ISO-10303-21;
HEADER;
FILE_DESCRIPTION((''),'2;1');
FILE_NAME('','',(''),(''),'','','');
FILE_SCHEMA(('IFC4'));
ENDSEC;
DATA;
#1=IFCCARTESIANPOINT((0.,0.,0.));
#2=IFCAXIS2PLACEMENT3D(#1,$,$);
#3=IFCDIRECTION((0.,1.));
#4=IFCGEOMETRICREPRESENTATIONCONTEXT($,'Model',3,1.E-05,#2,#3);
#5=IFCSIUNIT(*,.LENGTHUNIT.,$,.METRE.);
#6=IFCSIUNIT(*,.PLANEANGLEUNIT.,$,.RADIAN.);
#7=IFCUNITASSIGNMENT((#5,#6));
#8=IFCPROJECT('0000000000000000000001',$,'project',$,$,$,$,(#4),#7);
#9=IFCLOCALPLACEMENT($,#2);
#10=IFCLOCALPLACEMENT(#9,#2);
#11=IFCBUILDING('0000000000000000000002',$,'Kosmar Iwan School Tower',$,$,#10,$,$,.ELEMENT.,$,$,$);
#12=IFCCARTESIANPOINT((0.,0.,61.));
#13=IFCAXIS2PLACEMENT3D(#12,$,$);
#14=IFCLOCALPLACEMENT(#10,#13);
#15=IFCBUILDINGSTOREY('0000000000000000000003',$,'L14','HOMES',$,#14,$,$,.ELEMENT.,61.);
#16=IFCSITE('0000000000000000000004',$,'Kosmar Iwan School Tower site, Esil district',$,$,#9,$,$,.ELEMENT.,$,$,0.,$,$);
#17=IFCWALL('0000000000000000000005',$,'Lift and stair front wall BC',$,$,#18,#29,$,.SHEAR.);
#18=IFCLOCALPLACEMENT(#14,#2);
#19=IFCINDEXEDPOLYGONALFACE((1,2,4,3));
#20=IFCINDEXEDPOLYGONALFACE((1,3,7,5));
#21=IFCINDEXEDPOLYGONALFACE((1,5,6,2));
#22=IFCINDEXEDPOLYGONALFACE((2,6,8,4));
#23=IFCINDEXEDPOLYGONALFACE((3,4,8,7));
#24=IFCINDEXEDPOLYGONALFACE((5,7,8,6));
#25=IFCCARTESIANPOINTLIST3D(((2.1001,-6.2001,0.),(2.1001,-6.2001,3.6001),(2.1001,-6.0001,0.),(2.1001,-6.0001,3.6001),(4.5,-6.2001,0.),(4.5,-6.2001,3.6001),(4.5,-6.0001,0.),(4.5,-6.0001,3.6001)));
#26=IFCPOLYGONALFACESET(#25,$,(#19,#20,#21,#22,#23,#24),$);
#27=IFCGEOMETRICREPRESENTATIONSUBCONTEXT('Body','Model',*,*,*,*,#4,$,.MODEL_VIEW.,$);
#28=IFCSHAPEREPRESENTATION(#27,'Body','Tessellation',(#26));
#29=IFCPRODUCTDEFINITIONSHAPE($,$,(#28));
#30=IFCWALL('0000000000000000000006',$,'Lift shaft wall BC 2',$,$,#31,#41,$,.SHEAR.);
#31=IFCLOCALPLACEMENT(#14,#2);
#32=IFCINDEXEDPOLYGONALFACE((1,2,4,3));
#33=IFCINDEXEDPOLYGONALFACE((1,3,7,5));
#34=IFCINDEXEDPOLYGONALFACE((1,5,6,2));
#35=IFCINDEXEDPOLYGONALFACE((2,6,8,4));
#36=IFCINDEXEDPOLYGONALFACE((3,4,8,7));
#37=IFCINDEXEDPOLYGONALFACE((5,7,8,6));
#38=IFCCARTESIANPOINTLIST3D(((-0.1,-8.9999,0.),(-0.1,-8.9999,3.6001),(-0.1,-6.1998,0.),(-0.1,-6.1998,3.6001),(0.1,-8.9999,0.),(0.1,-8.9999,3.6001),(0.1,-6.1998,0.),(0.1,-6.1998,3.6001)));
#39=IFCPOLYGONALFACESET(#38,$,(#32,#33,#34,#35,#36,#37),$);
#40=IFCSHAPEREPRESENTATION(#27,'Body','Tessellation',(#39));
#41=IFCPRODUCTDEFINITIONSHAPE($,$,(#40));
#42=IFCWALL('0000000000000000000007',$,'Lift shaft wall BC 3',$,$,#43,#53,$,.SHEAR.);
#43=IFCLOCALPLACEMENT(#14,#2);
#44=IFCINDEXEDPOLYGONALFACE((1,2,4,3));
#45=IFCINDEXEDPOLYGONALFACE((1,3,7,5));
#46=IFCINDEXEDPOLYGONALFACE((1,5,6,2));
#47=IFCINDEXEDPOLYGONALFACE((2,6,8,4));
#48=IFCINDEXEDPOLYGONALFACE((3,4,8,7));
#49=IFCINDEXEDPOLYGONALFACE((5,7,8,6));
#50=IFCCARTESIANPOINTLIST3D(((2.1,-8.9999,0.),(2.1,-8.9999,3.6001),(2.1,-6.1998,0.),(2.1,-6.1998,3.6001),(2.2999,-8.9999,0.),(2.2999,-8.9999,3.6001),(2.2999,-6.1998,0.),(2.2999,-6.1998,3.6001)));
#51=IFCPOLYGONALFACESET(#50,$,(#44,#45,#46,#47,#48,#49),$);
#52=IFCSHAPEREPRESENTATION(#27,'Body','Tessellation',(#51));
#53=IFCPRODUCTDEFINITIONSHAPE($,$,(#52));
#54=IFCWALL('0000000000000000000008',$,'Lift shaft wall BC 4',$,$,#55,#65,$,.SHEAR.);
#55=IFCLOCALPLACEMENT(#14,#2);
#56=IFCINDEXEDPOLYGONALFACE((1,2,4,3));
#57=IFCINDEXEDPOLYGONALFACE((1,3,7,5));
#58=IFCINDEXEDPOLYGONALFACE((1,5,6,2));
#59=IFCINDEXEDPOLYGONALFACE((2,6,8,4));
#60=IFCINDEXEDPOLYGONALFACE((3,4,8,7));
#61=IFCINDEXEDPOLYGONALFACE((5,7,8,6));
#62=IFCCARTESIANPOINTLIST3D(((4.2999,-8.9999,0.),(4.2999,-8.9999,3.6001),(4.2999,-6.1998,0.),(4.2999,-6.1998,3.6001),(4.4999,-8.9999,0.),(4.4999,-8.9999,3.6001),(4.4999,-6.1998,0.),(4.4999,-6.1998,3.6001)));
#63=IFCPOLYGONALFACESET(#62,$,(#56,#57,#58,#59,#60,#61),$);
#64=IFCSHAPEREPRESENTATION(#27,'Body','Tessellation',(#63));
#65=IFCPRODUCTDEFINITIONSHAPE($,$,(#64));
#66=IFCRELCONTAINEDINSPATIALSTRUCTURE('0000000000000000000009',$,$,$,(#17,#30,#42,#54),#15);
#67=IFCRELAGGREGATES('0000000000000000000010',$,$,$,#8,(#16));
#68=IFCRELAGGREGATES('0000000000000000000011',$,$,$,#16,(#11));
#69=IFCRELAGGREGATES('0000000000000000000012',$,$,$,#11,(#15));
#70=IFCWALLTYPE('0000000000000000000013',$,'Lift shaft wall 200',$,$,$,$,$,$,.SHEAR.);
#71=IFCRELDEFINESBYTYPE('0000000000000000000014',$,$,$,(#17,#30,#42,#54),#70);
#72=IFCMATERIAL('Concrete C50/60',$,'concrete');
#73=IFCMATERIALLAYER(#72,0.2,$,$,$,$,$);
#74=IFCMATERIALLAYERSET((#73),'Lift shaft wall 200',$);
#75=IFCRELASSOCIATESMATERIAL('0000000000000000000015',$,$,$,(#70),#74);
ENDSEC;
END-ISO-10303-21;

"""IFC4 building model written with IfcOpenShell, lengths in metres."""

from ifc_helpers import new_model, si_unit, direction, frame, frame_2d, origin, place, context, subcontext, project, spatial, rectangle, extrude, material, layer, layer_set, type_object, element, save


model = new_model("IFC4")

# Units and contexts
model_context = context("Model", 3, precision=1e-05, world=origin(), true_north=direction((0.0, 1.0)))
body_context = subcontext(model_context, "Body", "Model", "MODEL_VIEW")
ifc_project = project(units=[si_unit("LENGTHUNIT", "METRE"), si_unit("PLANEANGLEUNIT", "RADIAN")], contexts=[model_context])

# Site, building, storey
site_placement = place(None, origin())
site = spatial("IfcSite", under=ifc_project, at=site_placement, Name="Kosmar Iwan School Tower site, Esil district", CompositionType="ELEMENT", RefElevation=0.0)
building_placement = place(site_placement, origin())
building = spatial("IfcBuilding", under=site, at=building_placement, Name="Kosmar Iwan School Tower", CompositionType="ELEMENT")
storey_placement = place(building_placement, frame((0.0, 0.0, 61.0)))
storey = spatial("IfcBuildingStorey", under=building, at=storey_placement, Name="L14", Description="HOMES", CompositionType="ELEMENT", Elevation=61.0)

# Walls
ifc_material_1 = material(Name="Concrete C50/60", Category="concrete")
ifc_layer_1 = layer(ifc_material_1, 0.2)
ifc_layer_set_1 = layer_set([ifc_layer_1], Name="Lift shaft wall 200")
wall_type_1 = type_object("IfcWallType", Name="Lift shaft wall 200", PredefinedType="SHEAR", material=ifc_layer_set_1)
wall_1_placement = place(storey_placement, frame((2.1001, -6.1001, 0.0), z_axis=(0.0, 0.0, 1.0), x_axis=(1.0, 0.0, 0.0)))
element("IfcWall", 1, at=wall_1_placement, inside=storey, type_object=wall_type_1, Name="Lift and stair front wall BC", PredefinedType="SHEAR", context=body_context, shape_type="SweptSolid", body=[
    extrude(rectangle(XDim=2.3999, YDim=0.2, at=frame_2d((1.2, 0.0))), origin(), (0.0, 0.0, 1.0), 3.6001),
])
for number, where, z_axis, x_axis, name in (
    (2, (0.0, -6.2, 0.0), (0.0, 0.0, 1.0), (0.0, -1.0, 0.0), "Lift shaft wall BC 2"),
    (3, (2.2, -6.2, 0.0), (0.0, 0.0, 1.0), (0.0, -1.0, 0.0), "Lift shaft wall BC 3"),
    (4, (4.3999, -6.2, 0.0), (0.0, 0.0, 1.0), (0.0, -1.0, 0.0), "Lift shaft wall BC 4"),
):
    element("IfcWall", number, at=place(storey_placement, frame(where, z_axis=z_axis, x_axis=x_axis)), inside=storey, type_object=wall_type_1, Name=name, PredefinedType="SHEAR", context=body_context, shape_type="SweptSolid", body=[
        extrude(rectangle(XDim=2.8, YDim=0.2, at=frame_2d((1.3999, 0.0))), origin(), (0.0, 0.0, 1.0), 3.6001),
    ])

save(model, "model.ifc")
